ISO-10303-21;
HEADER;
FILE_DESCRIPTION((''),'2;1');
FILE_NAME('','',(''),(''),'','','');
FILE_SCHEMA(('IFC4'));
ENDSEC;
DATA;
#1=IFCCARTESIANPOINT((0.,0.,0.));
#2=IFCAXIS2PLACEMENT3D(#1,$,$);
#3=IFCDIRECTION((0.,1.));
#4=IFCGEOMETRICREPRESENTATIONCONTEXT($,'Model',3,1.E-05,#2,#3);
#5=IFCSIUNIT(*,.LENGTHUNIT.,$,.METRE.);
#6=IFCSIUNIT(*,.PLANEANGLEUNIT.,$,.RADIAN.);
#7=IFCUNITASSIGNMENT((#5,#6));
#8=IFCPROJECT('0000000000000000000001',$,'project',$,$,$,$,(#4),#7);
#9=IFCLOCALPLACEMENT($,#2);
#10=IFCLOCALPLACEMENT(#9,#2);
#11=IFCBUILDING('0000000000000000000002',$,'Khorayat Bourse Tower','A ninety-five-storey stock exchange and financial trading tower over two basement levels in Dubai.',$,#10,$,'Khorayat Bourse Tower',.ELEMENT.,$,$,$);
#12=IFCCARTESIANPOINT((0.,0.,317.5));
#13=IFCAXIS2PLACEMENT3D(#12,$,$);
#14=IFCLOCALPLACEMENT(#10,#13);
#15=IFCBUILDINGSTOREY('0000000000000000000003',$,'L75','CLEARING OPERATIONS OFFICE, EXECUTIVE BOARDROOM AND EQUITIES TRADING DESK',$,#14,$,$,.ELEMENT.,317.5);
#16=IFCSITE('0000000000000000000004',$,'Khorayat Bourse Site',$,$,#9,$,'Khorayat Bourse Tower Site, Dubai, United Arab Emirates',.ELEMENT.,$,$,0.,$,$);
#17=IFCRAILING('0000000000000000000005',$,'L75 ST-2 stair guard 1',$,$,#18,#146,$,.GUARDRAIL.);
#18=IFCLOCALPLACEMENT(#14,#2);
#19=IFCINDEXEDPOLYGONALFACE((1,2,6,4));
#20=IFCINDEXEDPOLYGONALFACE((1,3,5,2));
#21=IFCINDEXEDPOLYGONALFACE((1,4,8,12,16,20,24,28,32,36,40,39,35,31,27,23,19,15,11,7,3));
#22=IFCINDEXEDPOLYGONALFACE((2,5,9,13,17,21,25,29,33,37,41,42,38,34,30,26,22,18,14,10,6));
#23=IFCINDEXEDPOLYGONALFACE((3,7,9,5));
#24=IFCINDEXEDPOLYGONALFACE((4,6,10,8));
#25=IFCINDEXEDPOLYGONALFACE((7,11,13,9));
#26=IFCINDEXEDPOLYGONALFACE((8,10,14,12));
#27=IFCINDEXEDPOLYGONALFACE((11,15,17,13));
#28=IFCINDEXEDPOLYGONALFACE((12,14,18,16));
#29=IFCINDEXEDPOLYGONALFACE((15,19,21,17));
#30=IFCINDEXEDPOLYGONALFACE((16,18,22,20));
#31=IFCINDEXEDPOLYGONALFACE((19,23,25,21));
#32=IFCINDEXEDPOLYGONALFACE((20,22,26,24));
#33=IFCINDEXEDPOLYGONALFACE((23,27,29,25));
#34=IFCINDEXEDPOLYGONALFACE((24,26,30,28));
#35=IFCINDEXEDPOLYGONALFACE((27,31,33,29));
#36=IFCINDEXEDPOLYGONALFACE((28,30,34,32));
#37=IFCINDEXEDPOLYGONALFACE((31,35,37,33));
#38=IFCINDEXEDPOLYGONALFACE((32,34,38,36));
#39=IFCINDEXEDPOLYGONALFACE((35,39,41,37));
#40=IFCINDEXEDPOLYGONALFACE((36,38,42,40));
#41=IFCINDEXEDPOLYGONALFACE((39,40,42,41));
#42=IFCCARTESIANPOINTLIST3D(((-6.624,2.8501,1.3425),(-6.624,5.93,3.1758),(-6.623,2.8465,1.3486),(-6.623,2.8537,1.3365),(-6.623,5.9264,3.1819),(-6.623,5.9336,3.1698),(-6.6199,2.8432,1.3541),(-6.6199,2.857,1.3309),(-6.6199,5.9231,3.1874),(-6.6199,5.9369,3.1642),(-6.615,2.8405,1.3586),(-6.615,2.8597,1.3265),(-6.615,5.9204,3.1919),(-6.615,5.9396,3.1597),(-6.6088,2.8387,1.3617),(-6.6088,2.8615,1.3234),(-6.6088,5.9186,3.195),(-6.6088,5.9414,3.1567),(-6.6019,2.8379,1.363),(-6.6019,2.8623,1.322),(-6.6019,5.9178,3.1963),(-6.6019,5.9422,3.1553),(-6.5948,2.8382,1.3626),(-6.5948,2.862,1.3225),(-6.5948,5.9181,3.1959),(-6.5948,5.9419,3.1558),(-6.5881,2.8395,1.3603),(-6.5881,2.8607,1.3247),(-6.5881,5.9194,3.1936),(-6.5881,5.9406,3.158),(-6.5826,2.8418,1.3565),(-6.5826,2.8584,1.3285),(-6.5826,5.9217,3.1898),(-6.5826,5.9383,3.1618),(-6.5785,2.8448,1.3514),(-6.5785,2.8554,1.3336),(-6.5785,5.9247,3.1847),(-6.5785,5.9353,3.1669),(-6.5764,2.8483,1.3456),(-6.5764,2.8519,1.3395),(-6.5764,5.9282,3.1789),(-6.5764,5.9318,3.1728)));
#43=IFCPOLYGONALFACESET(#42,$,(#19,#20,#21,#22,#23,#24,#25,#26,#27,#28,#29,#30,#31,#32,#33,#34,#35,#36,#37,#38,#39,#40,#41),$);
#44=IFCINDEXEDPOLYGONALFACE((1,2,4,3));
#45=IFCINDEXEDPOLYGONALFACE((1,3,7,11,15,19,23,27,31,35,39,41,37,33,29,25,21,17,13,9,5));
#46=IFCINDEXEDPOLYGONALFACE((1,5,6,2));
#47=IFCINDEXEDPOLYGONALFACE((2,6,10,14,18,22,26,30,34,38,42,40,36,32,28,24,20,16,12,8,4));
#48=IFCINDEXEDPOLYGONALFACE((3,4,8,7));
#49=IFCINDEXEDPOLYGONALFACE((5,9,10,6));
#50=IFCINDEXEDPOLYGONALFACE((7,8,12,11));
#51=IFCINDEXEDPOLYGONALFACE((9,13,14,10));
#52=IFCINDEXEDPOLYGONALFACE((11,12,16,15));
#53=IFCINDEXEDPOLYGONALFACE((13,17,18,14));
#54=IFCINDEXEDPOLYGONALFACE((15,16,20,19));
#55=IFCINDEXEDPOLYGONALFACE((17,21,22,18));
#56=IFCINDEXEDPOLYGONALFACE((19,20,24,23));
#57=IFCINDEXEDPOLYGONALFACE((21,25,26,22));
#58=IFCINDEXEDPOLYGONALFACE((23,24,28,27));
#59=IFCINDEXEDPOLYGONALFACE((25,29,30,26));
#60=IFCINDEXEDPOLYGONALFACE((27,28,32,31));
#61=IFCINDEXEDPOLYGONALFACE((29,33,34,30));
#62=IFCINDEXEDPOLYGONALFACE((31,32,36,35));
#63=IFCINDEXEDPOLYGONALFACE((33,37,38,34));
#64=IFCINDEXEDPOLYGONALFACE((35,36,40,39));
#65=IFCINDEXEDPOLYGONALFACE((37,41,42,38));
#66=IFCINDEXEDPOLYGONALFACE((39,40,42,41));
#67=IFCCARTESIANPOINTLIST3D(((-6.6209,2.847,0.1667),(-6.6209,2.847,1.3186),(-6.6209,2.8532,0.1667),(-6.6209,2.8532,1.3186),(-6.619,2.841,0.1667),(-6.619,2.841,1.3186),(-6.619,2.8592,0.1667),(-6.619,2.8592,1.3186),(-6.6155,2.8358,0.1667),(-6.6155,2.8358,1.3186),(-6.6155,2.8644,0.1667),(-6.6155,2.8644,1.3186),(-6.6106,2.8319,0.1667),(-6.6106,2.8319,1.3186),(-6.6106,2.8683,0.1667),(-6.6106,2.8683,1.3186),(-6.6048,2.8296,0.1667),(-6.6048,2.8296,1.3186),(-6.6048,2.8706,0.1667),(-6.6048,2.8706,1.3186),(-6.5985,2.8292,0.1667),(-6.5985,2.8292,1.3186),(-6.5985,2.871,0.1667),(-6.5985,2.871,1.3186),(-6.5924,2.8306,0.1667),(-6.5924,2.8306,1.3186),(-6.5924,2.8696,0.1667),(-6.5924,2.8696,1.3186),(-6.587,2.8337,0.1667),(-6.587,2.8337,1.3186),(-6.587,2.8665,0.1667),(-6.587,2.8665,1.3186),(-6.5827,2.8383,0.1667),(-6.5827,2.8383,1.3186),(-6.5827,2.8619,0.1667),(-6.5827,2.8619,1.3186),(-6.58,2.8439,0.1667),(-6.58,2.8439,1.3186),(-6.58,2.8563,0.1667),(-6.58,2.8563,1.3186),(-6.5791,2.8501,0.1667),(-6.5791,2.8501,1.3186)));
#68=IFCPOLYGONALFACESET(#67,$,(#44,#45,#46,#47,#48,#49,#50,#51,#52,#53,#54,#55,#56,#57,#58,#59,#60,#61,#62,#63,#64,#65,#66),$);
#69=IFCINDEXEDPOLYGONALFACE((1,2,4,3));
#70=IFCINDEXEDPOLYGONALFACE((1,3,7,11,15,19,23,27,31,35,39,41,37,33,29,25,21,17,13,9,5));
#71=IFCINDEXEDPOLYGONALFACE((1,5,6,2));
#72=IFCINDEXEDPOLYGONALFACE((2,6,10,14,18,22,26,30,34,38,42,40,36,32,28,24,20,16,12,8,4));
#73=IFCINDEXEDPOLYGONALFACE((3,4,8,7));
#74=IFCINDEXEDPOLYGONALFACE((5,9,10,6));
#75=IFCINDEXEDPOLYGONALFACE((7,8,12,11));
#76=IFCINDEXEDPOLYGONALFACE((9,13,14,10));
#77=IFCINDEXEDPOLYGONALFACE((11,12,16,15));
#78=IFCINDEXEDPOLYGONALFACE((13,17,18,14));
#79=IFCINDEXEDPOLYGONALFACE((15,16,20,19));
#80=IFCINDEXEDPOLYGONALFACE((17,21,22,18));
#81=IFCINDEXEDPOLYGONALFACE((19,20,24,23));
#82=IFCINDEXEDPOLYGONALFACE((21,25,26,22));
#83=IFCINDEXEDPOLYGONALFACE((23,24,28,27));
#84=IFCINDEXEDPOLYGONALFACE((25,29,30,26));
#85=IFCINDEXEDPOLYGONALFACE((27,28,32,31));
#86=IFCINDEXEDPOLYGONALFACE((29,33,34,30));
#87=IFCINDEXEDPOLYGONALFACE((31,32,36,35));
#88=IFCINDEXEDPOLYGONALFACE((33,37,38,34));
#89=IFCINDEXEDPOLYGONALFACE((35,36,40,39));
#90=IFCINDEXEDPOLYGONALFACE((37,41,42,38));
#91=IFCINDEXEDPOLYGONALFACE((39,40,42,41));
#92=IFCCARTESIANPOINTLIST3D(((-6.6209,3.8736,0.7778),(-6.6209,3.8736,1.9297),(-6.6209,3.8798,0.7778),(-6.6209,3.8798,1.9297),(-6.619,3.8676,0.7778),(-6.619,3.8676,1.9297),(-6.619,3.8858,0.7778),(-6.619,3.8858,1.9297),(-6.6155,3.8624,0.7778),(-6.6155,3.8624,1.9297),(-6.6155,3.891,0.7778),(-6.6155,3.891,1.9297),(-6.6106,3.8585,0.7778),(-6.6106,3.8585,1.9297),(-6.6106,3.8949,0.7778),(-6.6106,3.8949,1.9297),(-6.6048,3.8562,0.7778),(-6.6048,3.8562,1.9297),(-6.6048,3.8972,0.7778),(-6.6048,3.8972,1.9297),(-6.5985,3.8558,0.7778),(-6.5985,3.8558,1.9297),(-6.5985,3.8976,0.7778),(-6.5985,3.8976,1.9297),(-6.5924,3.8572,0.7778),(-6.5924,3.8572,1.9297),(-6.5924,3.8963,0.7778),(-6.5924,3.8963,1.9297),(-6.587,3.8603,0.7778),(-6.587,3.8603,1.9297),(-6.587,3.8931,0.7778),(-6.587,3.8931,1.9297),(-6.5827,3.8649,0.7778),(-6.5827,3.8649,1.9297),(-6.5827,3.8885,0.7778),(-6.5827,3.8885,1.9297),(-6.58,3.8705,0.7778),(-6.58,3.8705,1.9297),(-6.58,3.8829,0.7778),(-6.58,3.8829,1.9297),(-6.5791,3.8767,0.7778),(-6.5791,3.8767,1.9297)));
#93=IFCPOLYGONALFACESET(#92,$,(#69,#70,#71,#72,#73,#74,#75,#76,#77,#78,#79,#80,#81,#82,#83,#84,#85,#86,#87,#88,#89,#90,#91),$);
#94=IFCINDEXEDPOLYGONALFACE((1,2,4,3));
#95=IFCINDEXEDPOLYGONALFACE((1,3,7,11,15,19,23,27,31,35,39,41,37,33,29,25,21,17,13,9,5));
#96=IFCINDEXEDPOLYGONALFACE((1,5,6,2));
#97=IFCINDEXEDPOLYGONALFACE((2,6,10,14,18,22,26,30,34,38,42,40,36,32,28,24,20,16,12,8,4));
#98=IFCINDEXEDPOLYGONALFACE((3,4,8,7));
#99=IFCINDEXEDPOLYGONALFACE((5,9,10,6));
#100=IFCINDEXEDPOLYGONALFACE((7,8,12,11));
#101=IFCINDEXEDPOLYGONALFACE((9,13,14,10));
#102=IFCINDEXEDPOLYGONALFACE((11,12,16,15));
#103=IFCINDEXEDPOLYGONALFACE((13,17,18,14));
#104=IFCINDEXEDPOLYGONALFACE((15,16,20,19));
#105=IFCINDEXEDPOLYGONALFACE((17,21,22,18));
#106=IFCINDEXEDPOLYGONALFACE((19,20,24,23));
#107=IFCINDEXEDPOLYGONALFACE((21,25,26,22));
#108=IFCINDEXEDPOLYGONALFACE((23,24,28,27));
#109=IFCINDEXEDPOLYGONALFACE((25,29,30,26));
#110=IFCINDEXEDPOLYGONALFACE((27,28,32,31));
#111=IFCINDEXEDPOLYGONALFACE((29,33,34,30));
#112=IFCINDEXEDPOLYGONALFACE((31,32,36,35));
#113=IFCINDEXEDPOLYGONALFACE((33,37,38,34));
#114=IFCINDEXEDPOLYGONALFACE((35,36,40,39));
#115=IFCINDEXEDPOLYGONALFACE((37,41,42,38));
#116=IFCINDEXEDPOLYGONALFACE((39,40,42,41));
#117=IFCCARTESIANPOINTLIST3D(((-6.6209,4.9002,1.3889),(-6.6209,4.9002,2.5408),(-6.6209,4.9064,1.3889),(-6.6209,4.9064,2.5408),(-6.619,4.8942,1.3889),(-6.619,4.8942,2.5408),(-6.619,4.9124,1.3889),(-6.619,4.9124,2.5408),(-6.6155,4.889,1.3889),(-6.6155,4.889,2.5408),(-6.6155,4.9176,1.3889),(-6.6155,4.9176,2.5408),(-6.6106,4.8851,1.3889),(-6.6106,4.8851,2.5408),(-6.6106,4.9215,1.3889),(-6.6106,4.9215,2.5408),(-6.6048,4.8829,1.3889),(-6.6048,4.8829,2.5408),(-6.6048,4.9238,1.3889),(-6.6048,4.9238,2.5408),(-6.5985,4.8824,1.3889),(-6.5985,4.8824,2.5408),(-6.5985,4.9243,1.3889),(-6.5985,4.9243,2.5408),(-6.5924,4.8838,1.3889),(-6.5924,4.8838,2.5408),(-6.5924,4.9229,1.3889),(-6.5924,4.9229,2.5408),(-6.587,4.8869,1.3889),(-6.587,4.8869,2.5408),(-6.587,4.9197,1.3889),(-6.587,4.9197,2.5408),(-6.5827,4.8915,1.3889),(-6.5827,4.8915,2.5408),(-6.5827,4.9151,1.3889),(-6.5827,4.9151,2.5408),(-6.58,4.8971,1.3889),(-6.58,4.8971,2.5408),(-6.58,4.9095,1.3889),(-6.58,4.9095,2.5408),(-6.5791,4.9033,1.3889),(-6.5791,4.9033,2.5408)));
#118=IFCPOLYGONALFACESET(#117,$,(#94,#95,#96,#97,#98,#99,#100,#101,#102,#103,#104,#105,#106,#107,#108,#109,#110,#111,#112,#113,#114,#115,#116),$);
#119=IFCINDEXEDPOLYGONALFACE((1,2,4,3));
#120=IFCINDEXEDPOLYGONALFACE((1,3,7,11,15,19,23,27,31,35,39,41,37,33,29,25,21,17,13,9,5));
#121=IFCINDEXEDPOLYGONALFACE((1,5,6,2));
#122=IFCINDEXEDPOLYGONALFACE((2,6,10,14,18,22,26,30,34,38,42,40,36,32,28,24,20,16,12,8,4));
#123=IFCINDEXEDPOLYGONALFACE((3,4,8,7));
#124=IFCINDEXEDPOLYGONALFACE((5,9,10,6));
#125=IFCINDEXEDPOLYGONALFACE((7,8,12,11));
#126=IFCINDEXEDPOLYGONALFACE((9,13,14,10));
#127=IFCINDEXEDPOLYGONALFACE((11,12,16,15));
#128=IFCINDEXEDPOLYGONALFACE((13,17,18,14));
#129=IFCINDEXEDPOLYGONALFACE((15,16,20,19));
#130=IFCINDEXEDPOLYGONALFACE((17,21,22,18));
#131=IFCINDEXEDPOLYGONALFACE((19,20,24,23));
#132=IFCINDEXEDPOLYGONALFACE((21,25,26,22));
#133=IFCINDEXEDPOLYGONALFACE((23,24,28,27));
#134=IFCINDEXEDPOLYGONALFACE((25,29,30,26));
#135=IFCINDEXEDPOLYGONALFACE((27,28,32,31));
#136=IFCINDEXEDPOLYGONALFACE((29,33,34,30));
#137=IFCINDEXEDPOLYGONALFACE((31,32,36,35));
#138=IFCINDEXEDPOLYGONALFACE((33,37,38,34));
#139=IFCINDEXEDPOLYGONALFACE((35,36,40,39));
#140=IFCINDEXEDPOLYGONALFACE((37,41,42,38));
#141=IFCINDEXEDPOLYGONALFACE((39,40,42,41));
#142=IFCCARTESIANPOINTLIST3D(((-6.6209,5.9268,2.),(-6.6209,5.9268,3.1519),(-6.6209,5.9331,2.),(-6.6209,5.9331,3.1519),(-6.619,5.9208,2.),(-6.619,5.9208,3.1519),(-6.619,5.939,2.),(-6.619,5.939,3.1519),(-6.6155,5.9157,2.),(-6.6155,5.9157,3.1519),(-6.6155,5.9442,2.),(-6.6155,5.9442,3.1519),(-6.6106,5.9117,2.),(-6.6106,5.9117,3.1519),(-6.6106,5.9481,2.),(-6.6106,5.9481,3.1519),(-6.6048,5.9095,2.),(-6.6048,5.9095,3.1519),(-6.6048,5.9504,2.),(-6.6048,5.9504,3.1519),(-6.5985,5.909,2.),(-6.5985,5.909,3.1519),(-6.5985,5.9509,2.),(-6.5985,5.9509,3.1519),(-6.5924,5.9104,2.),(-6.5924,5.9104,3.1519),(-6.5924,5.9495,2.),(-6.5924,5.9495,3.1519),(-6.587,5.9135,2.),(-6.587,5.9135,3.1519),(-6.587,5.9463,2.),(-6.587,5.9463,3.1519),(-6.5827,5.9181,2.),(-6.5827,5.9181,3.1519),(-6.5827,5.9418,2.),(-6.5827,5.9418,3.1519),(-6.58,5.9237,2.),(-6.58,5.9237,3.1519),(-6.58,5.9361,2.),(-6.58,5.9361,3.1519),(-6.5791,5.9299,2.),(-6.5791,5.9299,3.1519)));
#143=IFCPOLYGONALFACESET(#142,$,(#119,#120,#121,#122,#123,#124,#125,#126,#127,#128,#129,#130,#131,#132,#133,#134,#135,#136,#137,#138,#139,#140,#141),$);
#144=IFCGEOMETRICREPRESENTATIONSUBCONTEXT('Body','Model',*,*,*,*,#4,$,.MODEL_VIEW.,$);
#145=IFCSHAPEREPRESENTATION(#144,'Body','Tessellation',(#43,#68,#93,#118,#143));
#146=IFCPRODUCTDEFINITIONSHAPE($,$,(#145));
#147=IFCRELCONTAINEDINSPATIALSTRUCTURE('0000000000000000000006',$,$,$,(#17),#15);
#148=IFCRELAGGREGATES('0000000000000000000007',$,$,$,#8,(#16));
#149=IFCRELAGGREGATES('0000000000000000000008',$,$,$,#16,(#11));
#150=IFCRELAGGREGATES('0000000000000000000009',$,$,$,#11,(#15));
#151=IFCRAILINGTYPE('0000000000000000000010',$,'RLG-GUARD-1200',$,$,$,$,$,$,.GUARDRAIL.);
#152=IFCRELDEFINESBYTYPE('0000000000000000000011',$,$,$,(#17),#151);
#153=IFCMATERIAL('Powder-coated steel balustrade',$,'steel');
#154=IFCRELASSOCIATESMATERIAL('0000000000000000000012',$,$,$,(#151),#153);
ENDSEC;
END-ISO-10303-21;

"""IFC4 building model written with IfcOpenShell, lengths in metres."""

from ifc_helpers import new_model, si_unit, direction, frame, origin, origin_2d, place, context, subcontext, project, spatial, circle, extrude, source, transform, mapped, material, type_object, element, save


model = new_model("IFC4")

# Units and contexts
model_context = context("Model", 3, precision=1e-05, world=origin(), true_north=direction((0.0, 1.0)))
body_context = subcontext(model_context, "Body", "Model", "MODEL_VIEW")
ifc_project = project(units=[si_unit("LENGTHUNIT", "METRE"), si_unit("PLANEANGLEUNIT", "RADIAN")], contexts=[model_context])

# Site, building, storey
site_placement = place(None, origin())
site = spatial("IfcSite", under=ifc_project, at=site_placement, Name="Khorayat Bourse Site", LongName="Khorayat Bourse Tower Site, Dubai, United Arab Emirates", CompositionType="ELEMENT", RefElevation=0.0)
building_placement = place(site_placement, origin())
building = spatial("IfcBuilding", under=site, at=building_placement, Name="Khorayat Bourse Tower", Description="A ninety-five-storey stock exchange and financial trading tower over two basement levels in Dubai.", LongName="Khorayat Bourse Tower", CompositionType="ELEMENT")
storey_placement = place(building_placement, frame((0.0, 0.0, 317.5)))
storey = spatial("IfcBuildingStorey", under=building, at=storey_placement, Name="L75", Description="CLEARING OPERATIONS OFFICE, EXECUTIVE BOARDROOM AND EQUITIES TRADING DESK", CompositionType="ELEMENT", Elevation=317.5)

# Railing
ifc_material_1 = material(Name="Powder-coated steel balustrade", Category="steel")
railing_type_1 = type_object("IfcRailingType", Name="RLG-GUARD-1200", PredefinedType="GUARDRAIL", material=ifc_material_1)
shared_shape_1 = source(origin(), body_context, "Body", "SweptSolid", [
    extrude(circle(Radius=0.0239, at=origin_2d()), frame((0.0, 0.0, 1.1758), z_axis=(0.0, 0.859291, 0.511487), x_axis=(-1.0, 0.0, 0.0)), (0.0, 0.0, 1.0), 3.5842),
    extrude(circle(Radius=0.021, at=origin_2d()), origin(), (0.0, 0.0, 1.0), 1.1519),
    extrude(circle(Radius=0.021, at=origin_2d()), frame((0.0, 1.0266, 0.6111)), (0.0, 0.0, 1.0), 1.1519),
    extrude(circle(Radius=0.021, at=origin_2d()), frame((0.0, 2.0532, 1.2222)), (0.0, 0.0, 1.0), 1.1519),
    extrude(circle(Radius=0.021, at=origin_2d()), frame((0.0, 3.0798, 1.8333)), (0.0, 0.0, 1.0), 1.1519),
])
railing_1_placement = place(storey_placement, frame((-6.6001, 2.8501, 0.1667)))
element("IfcRailing", 1, at=railing_1_placement, inside=storey, type_object=railing_type_1, Name="L75 ST-2 stair guard 1", PredefinedType="GUARDRAIL", context=body_context, shape_type="MappedRepresentation", body=[
    mapped(shared_shape_1, transform((0.0, 0.0, 0.0), scale=1.0)),
])

save(model, "model.ifc")
